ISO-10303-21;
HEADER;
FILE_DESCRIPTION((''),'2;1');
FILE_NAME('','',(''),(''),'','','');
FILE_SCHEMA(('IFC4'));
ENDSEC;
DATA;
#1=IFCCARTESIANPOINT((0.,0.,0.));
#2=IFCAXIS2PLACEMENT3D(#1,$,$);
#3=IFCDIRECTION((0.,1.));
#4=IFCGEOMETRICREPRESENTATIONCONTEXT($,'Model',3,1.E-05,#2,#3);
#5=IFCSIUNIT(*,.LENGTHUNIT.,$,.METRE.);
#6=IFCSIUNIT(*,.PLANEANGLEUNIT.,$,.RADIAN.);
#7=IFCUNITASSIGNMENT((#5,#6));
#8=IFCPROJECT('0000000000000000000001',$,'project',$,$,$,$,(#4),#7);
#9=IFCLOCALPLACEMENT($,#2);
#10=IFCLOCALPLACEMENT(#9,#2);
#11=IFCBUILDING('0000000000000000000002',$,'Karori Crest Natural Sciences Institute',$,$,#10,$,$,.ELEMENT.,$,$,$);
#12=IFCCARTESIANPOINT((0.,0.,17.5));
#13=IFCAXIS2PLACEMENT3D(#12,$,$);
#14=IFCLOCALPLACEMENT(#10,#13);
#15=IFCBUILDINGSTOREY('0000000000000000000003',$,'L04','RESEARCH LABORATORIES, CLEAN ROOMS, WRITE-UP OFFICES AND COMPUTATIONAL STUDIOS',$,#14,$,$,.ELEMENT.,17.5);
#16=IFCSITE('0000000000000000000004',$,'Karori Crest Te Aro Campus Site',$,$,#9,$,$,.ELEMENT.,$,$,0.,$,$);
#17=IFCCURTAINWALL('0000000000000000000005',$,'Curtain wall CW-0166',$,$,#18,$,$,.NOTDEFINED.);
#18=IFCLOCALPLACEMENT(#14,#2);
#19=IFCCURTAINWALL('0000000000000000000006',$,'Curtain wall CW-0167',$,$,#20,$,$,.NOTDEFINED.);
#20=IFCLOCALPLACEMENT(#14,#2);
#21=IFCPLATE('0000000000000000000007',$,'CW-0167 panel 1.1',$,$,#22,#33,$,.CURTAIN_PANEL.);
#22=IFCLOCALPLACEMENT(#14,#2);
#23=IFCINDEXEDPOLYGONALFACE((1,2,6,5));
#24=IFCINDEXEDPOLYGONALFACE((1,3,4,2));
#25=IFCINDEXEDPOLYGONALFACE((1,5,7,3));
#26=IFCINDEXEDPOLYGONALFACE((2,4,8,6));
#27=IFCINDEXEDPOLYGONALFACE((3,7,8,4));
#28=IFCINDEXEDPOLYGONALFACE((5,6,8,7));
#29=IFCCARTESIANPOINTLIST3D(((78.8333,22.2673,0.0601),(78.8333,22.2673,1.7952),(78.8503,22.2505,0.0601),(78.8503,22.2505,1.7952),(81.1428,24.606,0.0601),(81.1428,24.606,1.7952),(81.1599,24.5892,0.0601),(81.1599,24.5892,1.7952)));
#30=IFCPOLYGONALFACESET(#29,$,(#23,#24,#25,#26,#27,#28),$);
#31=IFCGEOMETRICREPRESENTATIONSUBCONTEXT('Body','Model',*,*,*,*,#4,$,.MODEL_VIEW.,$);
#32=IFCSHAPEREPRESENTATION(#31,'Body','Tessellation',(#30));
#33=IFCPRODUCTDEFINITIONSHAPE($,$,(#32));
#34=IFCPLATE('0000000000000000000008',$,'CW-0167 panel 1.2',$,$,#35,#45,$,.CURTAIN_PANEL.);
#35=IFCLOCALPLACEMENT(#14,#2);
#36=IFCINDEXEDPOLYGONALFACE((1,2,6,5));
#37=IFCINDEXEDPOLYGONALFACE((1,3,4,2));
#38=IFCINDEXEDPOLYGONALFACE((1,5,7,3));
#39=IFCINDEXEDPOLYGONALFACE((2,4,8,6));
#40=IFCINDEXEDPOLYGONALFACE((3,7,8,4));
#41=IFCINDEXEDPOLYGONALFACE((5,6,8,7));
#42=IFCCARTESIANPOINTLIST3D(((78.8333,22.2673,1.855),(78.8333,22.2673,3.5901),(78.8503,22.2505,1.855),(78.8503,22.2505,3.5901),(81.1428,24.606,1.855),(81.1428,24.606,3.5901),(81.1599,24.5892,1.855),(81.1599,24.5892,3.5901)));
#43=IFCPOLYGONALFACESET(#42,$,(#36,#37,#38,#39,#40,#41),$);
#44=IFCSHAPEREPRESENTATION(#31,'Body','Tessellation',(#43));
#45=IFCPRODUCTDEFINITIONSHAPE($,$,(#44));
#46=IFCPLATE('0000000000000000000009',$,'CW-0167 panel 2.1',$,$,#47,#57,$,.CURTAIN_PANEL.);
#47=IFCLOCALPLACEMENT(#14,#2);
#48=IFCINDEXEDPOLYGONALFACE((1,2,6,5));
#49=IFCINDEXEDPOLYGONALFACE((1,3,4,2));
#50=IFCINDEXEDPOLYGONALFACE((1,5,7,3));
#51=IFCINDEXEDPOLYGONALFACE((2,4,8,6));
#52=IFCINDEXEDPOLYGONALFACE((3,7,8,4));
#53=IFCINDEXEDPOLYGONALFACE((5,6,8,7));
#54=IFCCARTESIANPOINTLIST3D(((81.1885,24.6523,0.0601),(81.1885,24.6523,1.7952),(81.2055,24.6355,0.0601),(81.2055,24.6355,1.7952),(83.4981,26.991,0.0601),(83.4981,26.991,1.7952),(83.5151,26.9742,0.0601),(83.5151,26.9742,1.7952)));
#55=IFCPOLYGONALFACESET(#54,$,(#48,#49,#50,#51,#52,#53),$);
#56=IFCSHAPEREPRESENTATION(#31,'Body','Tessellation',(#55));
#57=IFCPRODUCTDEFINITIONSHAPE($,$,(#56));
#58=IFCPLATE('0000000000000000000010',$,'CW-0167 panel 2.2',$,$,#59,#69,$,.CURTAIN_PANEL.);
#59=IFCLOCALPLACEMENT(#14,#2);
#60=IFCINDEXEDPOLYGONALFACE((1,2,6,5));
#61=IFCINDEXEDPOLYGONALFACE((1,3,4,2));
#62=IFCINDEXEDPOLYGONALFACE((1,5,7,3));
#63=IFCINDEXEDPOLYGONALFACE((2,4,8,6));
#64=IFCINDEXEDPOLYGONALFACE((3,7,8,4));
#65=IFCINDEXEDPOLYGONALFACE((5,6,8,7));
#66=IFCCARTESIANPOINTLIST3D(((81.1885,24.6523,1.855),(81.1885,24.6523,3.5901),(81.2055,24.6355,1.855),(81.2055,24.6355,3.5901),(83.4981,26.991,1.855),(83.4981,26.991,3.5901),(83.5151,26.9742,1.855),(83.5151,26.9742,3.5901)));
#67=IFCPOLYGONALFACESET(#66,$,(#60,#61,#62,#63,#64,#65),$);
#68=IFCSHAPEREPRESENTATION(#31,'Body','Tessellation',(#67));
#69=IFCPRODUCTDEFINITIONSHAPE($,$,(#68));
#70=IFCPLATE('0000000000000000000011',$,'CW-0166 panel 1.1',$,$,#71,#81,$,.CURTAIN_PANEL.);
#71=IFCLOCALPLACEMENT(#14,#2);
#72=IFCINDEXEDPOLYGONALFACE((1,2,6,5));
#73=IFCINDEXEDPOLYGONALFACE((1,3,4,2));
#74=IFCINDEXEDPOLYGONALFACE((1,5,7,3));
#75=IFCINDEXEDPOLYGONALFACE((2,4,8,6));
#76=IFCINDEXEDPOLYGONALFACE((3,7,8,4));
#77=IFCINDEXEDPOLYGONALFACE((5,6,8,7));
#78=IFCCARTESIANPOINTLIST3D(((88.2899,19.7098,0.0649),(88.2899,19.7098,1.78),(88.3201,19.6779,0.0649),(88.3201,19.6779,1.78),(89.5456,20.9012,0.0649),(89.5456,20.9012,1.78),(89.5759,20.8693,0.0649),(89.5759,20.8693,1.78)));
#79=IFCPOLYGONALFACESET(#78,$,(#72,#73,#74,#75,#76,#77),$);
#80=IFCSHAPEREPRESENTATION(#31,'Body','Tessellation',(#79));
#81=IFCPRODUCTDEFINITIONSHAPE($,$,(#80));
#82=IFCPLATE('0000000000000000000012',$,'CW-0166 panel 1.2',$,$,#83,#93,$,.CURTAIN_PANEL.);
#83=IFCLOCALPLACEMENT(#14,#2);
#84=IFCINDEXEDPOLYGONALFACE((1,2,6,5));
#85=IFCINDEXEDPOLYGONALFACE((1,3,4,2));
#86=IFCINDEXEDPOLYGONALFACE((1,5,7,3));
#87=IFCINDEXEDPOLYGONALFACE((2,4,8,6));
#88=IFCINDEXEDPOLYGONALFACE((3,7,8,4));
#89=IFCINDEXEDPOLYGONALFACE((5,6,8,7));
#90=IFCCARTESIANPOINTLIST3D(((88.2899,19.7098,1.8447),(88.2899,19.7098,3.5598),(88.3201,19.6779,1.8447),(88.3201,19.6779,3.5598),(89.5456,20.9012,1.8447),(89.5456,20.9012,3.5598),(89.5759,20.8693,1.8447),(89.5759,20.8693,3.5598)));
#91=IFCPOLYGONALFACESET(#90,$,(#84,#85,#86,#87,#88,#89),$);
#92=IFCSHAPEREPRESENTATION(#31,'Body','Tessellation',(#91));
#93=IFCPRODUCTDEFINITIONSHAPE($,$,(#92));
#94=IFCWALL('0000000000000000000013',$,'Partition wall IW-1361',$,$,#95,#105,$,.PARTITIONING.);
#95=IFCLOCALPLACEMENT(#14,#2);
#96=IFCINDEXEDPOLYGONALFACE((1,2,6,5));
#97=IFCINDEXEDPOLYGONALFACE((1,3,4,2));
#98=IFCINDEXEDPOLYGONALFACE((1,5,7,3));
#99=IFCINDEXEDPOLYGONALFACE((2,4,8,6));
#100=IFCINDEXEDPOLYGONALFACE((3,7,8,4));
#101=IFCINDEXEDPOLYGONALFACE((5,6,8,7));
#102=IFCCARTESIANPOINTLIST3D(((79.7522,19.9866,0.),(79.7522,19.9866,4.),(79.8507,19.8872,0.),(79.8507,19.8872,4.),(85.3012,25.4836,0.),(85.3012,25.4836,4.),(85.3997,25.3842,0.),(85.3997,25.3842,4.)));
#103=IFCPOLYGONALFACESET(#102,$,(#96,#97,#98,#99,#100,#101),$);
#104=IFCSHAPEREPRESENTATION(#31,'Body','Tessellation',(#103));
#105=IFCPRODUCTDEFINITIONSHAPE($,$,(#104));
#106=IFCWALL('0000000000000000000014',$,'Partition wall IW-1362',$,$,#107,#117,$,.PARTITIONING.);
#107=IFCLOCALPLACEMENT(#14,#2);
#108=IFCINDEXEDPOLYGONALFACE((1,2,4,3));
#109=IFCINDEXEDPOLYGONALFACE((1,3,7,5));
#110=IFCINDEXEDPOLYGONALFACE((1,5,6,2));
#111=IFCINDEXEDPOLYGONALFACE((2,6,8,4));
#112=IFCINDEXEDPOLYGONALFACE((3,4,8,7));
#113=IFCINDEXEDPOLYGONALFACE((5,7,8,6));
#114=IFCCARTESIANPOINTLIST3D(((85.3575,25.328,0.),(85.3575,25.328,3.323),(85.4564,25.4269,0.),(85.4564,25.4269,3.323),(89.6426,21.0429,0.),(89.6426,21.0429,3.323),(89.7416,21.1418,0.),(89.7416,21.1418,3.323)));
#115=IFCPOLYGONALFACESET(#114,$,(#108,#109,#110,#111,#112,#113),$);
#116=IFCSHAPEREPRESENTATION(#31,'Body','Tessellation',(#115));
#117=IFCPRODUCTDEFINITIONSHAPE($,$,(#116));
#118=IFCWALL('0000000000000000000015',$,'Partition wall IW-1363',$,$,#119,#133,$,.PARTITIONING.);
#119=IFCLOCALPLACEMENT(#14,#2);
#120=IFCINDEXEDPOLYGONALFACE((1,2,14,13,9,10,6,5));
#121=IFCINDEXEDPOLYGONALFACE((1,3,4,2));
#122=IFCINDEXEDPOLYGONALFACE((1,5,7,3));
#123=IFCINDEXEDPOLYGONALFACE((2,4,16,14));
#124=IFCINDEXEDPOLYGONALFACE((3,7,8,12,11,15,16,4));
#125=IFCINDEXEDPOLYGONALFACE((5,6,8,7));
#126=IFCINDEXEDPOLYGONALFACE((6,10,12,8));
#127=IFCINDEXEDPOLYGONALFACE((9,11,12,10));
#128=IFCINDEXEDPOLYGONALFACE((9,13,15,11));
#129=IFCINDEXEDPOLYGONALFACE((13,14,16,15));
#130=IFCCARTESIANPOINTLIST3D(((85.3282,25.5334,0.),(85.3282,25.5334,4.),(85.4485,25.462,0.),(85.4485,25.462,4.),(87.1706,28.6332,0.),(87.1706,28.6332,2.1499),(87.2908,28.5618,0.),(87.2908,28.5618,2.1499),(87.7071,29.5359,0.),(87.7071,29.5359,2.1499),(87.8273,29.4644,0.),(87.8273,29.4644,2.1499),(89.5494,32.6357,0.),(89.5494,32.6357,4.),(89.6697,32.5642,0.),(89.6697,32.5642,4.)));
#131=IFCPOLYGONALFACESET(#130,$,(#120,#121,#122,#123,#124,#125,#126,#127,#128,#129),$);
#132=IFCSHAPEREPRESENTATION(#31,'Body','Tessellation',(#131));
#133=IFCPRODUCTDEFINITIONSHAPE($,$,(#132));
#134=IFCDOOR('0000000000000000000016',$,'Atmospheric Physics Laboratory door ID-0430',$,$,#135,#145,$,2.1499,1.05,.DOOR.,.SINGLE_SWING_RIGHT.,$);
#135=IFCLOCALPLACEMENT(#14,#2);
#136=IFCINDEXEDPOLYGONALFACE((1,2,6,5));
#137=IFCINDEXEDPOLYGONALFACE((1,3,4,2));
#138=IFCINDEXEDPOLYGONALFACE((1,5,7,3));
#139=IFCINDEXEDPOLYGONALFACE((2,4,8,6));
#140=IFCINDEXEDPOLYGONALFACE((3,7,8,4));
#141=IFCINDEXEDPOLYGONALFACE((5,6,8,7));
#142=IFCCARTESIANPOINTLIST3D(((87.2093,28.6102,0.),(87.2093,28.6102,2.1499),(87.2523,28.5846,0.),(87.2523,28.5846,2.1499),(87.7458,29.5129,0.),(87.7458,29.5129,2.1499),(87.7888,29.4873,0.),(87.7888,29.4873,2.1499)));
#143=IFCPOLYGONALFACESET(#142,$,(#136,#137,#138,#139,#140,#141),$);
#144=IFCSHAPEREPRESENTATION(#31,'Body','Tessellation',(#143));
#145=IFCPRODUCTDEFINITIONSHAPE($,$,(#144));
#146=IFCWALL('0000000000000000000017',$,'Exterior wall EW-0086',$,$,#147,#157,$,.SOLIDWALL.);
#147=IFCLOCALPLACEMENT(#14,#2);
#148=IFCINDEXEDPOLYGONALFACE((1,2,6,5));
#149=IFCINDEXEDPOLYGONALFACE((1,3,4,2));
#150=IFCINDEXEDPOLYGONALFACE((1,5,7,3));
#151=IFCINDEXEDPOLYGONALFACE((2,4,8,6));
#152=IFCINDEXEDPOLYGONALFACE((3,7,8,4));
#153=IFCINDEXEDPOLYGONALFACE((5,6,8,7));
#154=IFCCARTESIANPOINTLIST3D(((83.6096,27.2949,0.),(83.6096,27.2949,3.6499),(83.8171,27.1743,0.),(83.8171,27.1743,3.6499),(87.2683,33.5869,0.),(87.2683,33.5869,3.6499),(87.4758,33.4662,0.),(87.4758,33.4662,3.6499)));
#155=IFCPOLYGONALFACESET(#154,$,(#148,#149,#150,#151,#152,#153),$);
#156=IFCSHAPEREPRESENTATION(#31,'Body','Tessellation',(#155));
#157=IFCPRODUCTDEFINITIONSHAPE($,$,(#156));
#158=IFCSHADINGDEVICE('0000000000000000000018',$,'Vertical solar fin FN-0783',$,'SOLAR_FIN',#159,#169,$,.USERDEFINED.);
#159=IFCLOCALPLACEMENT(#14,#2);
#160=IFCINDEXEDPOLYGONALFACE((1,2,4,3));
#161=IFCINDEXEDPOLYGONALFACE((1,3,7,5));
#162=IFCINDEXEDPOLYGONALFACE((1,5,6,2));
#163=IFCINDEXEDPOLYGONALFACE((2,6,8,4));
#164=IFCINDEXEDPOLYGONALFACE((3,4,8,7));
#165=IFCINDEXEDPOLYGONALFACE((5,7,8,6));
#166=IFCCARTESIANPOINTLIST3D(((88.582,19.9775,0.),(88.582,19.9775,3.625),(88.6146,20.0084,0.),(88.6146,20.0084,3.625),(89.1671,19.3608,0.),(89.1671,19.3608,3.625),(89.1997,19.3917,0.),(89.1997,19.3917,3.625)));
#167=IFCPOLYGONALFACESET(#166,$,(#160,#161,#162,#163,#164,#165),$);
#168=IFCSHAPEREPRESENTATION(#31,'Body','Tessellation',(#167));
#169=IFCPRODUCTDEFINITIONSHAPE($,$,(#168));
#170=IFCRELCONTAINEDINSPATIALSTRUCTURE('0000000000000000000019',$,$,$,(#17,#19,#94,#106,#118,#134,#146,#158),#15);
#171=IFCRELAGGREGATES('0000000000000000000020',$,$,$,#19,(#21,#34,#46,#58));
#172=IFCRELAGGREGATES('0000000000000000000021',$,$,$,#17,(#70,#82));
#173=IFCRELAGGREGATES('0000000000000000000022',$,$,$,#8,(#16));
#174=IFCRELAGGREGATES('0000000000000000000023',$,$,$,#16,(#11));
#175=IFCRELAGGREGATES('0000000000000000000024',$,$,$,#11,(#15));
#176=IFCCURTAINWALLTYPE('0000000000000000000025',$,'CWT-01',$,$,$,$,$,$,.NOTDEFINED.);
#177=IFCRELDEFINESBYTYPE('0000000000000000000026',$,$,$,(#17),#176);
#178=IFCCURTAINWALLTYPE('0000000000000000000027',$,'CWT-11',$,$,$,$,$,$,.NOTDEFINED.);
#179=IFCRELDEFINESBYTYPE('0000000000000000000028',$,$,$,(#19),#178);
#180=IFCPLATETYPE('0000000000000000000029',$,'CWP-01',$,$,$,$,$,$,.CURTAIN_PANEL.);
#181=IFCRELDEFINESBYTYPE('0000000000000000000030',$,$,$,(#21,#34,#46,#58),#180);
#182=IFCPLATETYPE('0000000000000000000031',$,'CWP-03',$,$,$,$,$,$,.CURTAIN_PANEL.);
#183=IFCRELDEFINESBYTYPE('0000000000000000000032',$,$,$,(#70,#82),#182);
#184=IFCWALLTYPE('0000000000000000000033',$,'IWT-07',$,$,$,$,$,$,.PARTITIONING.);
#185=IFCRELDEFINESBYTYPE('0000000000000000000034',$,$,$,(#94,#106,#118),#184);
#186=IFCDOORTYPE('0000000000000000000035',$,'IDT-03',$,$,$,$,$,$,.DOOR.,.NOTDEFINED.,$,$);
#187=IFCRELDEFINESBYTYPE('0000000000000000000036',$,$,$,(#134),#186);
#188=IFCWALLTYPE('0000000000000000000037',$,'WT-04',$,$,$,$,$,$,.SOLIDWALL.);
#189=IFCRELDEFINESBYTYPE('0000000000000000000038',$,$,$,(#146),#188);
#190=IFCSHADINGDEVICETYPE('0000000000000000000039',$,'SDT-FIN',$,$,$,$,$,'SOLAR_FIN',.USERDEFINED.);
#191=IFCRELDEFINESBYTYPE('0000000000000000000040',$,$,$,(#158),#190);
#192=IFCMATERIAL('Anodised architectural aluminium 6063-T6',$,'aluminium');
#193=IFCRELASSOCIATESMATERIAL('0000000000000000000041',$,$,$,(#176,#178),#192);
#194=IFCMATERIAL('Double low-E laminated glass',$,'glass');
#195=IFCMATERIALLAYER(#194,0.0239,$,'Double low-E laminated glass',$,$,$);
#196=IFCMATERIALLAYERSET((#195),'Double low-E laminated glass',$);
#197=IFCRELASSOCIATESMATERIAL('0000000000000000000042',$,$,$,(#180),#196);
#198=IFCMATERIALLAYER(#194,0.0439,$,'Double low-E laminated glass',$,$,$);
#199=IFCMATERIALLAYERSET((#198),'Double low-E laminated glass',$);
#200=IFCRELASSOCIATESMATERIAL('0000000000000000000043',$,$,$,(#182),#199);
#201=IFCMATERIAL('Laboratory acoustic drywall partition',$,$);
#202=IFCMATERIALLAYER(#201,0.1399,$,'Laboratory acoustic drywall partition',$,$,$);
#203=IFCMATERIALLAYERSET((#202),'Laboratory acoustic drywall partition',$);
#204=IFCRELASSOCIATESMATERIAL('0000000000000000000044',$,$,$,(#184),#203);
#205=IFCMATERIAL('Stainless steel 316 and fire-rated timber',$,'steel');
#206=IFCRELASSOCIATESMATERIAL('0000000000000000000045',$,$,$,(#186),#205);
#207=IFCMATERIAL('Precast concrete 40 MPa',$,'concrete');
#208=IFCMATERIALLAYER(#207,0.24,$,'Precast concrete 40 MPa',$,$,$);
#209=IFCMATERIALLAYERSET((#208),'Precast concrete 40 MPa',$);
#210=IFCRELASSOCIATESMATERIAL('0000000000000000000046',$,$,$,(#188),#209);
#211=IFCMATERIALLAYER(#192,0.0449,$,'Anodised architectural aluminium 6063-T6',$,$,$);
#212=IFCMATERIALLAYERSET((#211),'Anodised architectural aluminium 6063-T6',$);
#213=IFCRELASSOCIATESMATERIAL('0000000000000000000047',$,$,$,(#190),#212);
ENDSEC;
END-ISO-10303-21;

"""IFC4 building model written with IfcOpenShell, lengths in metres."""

from ifc_helpers import new_model, si_unit, direction, frame, frame_2d, origin, origin_2d, place, context, subcontext, project, spatial, rectangle, extrude, material, layer, layer_set, type_object, element, fill, aggregate, save


model = new_model("IFC4")

# Units and contexts
model_context = context("Model", 3, precision=1e-05, world=origin(), true_north=direction((0.0, 1.0)))
body_context = subcontext(model_context, "Body", "Model", "MODEL_VIEW")
ifc_project = project(units=[si_unit("LENGTHUNIT", "METRE"), si_unit("PLANEANGLEUNIT", "RADIAN")], contexts=[model_context])

# Site, building, storey
site_placement = place(None, origin())
site = spatial("IfcSite", under=ifc_project, at=site_placement, Name="Karori Crest Te Aro Campus Site", CompositionType="ELEMENT", RefElevation=0.0)
building_placement = place(site_placement, origin())
building = spatial("IfcBuilding", under=site, at=building_placement, Name="Karori Crest Natural Sciences Institute", CompositionType="ELEMENT")
storey_placement = place(building_placement, frame((0.0, 0.0, 17.5)))
storey = spatial("IfcBuildingStorey", under=building, at=storey_placement, Name="L04", Description="RESEARCH LABORATORIES, CLEAN ROOMS, WRITE-UP OFFICES AND COMPUTATIONAL STUDIOS", CompositionType="ELEMENT", Elevation=17.5)

# Curtain wall
ifc_material_1 = material(Name="Anodised architectural aluminium 6063-T6", Category="aluminium")
curtain_wall_type_1 = type_object("IfcCurtainWallType", Name="CWT-01", PredefinedType="NOTDEFINED", material=ifc_material_1)
curtain_wall_1_placement = place(storey_placement, origin())
curtain_wall_1 = element("IfcCurtainWall", 1, at=curtain_wall_1_placement, inside=storey, type_object=curtain_wall_type_1, Name="Curtain wall CW-0166", PredefinedType="NOTDEFINED")

# Curtain wall
curtain_wall_type_2 = type_object("IfcCurtainWallType", Name="CWT-11", PredefinedType="NOTDEFINED", material=ifc_material_1)
curtain_wall_2_placement = place(storey_placement, origin())
curtain_wall_2 = element("IfcCurtainWall", 2, at=curtain_wall_2_placement, inside=storey, type_object=curtain_wall_type_2, Name="Curtain wall CW-0167", PredefinedType="NOTDEFINED")

# Plates
ifc_material_2 = material(Name="Double low-E laminated glass", Category="glass")
ifc_layer_1 = layer(ifc_material_2, 0.0239, Name="Double low-E laminated glass")
ifc_layer_set_1 = layer_set([ifc_layer_1], Name="Double low-E laminated glass")
plate_type_1 = type_object("IfcPlateType", Name="CWP-01", PredefinedType="CURTAIN_PANEL", material=ifc_layer_set_1)
plate_1_placement = place(storey_placement, frame((79.9966, 23.4282, 0.0601), z_axis=(0.0, 0.0, 1.0), x_axis=(0.702661, 0.711525, 0.0)))
plate_1 = element("IfcPlate", 3, at=plate_1_placement, type_object=plate_type_1, Name="CW-0167 panel 1.1", PredefinedType="CURTAIN_PANEL", context=body_context, shape_type="SweptSolid", body=[
    extrude(rectangle(XDim=3.2869, YDim=0.0239, at=origin_2d()), origin(), (0.0, 0.0, 1.0), 1.7351),
])
plate_2_placement = place(storey_placement, frame((79.9966, 23.4282, 1.855), z_axis=(0.0, 0.0, 1.0), x_axis=(0.702661, 0.711525, 0.0)))
plate_2 = element("IfcPlate", 4, at=plate_2_placement, type_object=plate_type_1, Name="CW-0167 panel 1.2", PredefinedType="CURTAIN_PANEL", context=body_context, shape_type="SweptSolid", body=[
    extrude(rectangle(XDim=3.2869, YDim=0.0239, at=origin_2d()), origin(), (0.0, 0.0, 1.0), 1.7351),
])
plate_3_placement = place(storey_placement, frame((82.3518, 25.8132, 0.0601), z_axis=(0.0, 0.0, 1.0), x_axis=(0.702661, 0.711525, 0.0)))
plate_3 = element("IfcPlate", 5, at=plate_3_placement, type_object=plate_type_1, Name="CW-0167 panel 2.1", PredefinedType="CURTAIN_PANEL", context=body_context, shape_type="SweptSolid", body=[
    extrude(rectangle(XDim=3.2869, YDim=0.0239, at=origin_2d()), origin(), (0.0, 0.0, 1.0), 1.7351),
])
plate_4_placement = place(storey_placement, frame((82.3518, 25.8132, 1.855), z_axis=(0.0, 0.0, 1.0), x_axis=(0.702661, 0.711525, 0.0)))
plate_4 = element("IfcPlate", 6, at=plate_4_placement, type_object=plate_type_1, Name="CW-0167 panel 2.2", PredefinedType="CURTAIN_PANEL", context=body_context, shape_type="SweptSolid", body=[
    extrude(rectangle(XDim=3.2869, YDim=0.0239, at=origin_2d()), origin(), (0.0, 0.0, 1.0), 1.7351),
])
aggregate(curtain_wall_2, [plate_1, plate_2, plate_3, plate_4])
ifc_layer_2 = layer(ifc_material_2, 0.0439, Name="Double low-E laminated glass")
ifc_layer_set_2 = layer_set([ifc_layer_2], Name="Double low-E laminated glass")
plate_type_2 = type_object("IfcPlateType", Name="CWP-03", PredefinedType="CURTAIN_PANEL", material=ifc_layer_set_2)
plate_5_placement = place(storey_placement, frame((88.9329, 20.2896, 0.0649), z_axis=(0.0, 0.0, 1.0), x_axis=(-0.725473, -0.688251, 0.0)))
plate_5 = element("IfcPlate", 7, at=plate_5_placement, type_object=plate_type_2, Name="CW-0166 panel 1.1", PredefinedType="CURTAIN_PANEL", context=body_context, shape_type="SweptSolid", body=[
    extrude(rectangle(XDim=1.731, YDim=0.0439, at=origin_2d()), origin(), (0.0, 0.0, 1.0), 1.7151),
])
plate_6_placement = place(storey_placement, frame((88.9329, 20.2896, 1.8447), z_axis=(0.0, 0.0, 1.0), x_axis=(-0.725473, -0.688251, 0.0)))
plate_6 = element("IfcPlate", 8, at=plate_6_placement, type_object=plate_type_2, Name="CW-0166 panel 1.2", PredefinedType="CURTAIN_PANEL", context=body_context, shape_type="SweptSolid", body=[
    extrude(rectangle(XDim=1.731, YDim=0.0439, at=origin_2d()), origin(), (0.0, 0.0, 1.0), 1.7151),
])
aggregate(curtain_wall_1, [plate_5, plate_6])

# Walls
ifc_material_3 = material(Name="Laboratory acoustic drywall partition")
ifc_layer_3 = layer(ifc_material_3, 0.1399, Name="Laboratory acoustic drywall partition")
ifc_layer_set_3 = layer_set([ifc_layer_3], Name="Laboratory acoustic drywall partition")
wall_type_1 = type_object("IfcWallType", Name="IWT-07", PredefinedType="PARTITIONING", material=ifc_layer_set_3)
wall_1_placement = place(storey_placement, frame((79.8015, 19.937, 0.0), z_axis=(0.0, 0.0, 1.0), x_axis=(0.710428, 0.70377, 0.0)))
element("IfcWall", 9, at=wall_1_placement, inside=storey, type_object=wall_type_1, Name="Partition wall IW-1361", PredefinedType="PARTITIONING", context=body_context, shape_type="SweptSolid", body=[
    extrude(rectangle(XDim=7.8108, YDim=0.1399, at=frame_2d((3.9053, 0.0))), origin(), (0.0, 0.0, 1.0), 4.0),
])
wall_2_placement = place(storey_placement, frame((85.407, 25.3774, 0.0), z_axis=(0.0, 0.0, 1.0), x_axis=(0.707107, -0.707107, 0.0)))
element("IfcWall", 10, at=wall_2_placement, inside=storey, type_object=wall_type_1, Name="Partition wall IW-1362", PredefinedType="PARTITIONING", context=body_context, shape_type="SweptSolid", body=[
    extrude(rectangle(XDim=6.0601, YDim=0.1399, at=frame_2d((3.03, 0.0))), origin(), (0.0, 0.0, 1.0), 3.323),
])

# Wall, opening, door
wall_3_placement = place(storey_placement, frame((85.3884, 25.4978, 0.0), z_axis=(0.0, 0.0, 1.0), x_axis=(0.510915, 0.859631, 0.0)))
wall_3 = element("IfcWall", 11, at=wall_3_placement, inside=storey, type_object=wall_type_1, Name="Partition wall IW-1363", PredefinedType="PARTITIONING", context=body_context, shape_type="SweptSolid", body=[
    extrude(rectangle(XDim=8.262, YDim=0.1399, at=frame_2d((4.1309, 0.0))), origin(), (0.0, 0.0, 1.0), 4.0),
])
opening_placement = place(wall_3_placement, frame((3.606, 0.0, 0.0)))
opening = element("IfcOpeningElement", 12, at=opening_placement, cuts=wall_3, PredefinedType="OPENING", context=body_context, shape_type="SweptSolid", body=[
    extrude(rectangle(XDim=1.05, YDim=2.1499, at=frame_2d((0.5249, 1.075))), frame((0.0, 0.0801, 0.0), z_axis=(0.0, -1.0, 0.0), x_axis=(1.0, 0.0, 0.0)), (0.0, 0.0, 1.0), 0.1599),
])
ifc_material_4 = material(Name="Stainless steel 316 and fire-rated timber", Category="steel")
door_type = type_object("IfcDoorType", Name="IDT-03", OperationType="NOTDEFINED", PredefinedType="DOOR", material=ifc_material_4)
door_placement = place(opening_placement, origin())
door = element("IfcDoor", 13, at=door_placement, inside=storey, type_object=door_type, Name="Atmospheric Physics Laboratory door ID-0430", OperationType="SINGLE_SWING_RIGHT", OverallHeight=2.1499, OverallWidth=1.05, PredefinedType="DOOR", context=body_context, shape_type="SweptSolid", body=[
    extrude(rectangle(XDim=1.05, YDim=2.1499, at=frame_2d((0.5249, 1.075))), frame((0.0, 0.0249, 0.0), z_axis=(0.0, -1.0, 0.0), x_axis=(1.0, 0.0, 0.0)), (0.0, 0.0, 1.0), 0.05),
])
fill(opening, door)

# Wall
ifc_material_5 = material(Name="Precast concrete 40 MPa", Category="concrete")
ifc_layer_4 = layer(ifc_material_5, 0.24, Name="Precast concrete 40 MPa")
ifc_layer_set_4 = layer_set([ifc_layer_4], Name="Precast concrete 40 MPa")
wall_type_2 = type_object("IfcWallType", Name="WT-04", PredefinedType="SOLIDWALL", material=ifc_layer_set_4)
wall_4_placement = place(storey_placement, frame((83.7134, 27.2346, 0.0), z_axis=(0.0, 0.0, 1.0), x_axis=(0.502678, 0.864474, 0.0)))
element("IfcWall", 14, at=wall_4_placement, inside=storey, type_object=wall_type_2, Name="Exterior wall EW-0086", PredefinedType="SOLIDWALL", context=body_context, shape_type="SweptSolid", body=[
    extrude(rectangle(XDim=7.2783, YDim=0.24, at=frame_2d((3.6392, 0.0))), origin(), (0.0, 0.0, 1.0), 3.6499),
])

# Shading device
ifc_layer_5 = layer(ifc_material_1, 0.0449, Name="Anodised architectural aluminium 6063-T6")
ifc_layer_set_5 = layer_set([ifc_layer_5], Name="Anodised architectural aluminium 6063-T6")
shading_device_type = type_object("IfcShadingDeviceType", Name="SDT-FIN", ElementType="SOLAR_FIN", PredefinedType="USERDEFINED", material=ifc_layer_set_5)
shading_device_placement = place(storey_placement, frame((88.8909, 19.6846, 0.0), z_axis=(0.0, 0.0, 1.0), x_axis=(0.688251, -0.725473, 0.0)))
element("IfcShadingDevice", 15, at=shading_device_placement, inside=storey, type_object=shading_device_type, Name="Vertical solar fin FN-0783", ObjectType="SOLAR_FIN", PredefinedType="USERDEFINED", context=body_context, shape_type="SweptSolid", body=[
    extrude(rectangle(XDim=0.8501, YDim=0.0449, at=origin_2d()), origin(), (0.0, 0.0, 1.0), 3.625),
])

save(model, "model.ifc")
